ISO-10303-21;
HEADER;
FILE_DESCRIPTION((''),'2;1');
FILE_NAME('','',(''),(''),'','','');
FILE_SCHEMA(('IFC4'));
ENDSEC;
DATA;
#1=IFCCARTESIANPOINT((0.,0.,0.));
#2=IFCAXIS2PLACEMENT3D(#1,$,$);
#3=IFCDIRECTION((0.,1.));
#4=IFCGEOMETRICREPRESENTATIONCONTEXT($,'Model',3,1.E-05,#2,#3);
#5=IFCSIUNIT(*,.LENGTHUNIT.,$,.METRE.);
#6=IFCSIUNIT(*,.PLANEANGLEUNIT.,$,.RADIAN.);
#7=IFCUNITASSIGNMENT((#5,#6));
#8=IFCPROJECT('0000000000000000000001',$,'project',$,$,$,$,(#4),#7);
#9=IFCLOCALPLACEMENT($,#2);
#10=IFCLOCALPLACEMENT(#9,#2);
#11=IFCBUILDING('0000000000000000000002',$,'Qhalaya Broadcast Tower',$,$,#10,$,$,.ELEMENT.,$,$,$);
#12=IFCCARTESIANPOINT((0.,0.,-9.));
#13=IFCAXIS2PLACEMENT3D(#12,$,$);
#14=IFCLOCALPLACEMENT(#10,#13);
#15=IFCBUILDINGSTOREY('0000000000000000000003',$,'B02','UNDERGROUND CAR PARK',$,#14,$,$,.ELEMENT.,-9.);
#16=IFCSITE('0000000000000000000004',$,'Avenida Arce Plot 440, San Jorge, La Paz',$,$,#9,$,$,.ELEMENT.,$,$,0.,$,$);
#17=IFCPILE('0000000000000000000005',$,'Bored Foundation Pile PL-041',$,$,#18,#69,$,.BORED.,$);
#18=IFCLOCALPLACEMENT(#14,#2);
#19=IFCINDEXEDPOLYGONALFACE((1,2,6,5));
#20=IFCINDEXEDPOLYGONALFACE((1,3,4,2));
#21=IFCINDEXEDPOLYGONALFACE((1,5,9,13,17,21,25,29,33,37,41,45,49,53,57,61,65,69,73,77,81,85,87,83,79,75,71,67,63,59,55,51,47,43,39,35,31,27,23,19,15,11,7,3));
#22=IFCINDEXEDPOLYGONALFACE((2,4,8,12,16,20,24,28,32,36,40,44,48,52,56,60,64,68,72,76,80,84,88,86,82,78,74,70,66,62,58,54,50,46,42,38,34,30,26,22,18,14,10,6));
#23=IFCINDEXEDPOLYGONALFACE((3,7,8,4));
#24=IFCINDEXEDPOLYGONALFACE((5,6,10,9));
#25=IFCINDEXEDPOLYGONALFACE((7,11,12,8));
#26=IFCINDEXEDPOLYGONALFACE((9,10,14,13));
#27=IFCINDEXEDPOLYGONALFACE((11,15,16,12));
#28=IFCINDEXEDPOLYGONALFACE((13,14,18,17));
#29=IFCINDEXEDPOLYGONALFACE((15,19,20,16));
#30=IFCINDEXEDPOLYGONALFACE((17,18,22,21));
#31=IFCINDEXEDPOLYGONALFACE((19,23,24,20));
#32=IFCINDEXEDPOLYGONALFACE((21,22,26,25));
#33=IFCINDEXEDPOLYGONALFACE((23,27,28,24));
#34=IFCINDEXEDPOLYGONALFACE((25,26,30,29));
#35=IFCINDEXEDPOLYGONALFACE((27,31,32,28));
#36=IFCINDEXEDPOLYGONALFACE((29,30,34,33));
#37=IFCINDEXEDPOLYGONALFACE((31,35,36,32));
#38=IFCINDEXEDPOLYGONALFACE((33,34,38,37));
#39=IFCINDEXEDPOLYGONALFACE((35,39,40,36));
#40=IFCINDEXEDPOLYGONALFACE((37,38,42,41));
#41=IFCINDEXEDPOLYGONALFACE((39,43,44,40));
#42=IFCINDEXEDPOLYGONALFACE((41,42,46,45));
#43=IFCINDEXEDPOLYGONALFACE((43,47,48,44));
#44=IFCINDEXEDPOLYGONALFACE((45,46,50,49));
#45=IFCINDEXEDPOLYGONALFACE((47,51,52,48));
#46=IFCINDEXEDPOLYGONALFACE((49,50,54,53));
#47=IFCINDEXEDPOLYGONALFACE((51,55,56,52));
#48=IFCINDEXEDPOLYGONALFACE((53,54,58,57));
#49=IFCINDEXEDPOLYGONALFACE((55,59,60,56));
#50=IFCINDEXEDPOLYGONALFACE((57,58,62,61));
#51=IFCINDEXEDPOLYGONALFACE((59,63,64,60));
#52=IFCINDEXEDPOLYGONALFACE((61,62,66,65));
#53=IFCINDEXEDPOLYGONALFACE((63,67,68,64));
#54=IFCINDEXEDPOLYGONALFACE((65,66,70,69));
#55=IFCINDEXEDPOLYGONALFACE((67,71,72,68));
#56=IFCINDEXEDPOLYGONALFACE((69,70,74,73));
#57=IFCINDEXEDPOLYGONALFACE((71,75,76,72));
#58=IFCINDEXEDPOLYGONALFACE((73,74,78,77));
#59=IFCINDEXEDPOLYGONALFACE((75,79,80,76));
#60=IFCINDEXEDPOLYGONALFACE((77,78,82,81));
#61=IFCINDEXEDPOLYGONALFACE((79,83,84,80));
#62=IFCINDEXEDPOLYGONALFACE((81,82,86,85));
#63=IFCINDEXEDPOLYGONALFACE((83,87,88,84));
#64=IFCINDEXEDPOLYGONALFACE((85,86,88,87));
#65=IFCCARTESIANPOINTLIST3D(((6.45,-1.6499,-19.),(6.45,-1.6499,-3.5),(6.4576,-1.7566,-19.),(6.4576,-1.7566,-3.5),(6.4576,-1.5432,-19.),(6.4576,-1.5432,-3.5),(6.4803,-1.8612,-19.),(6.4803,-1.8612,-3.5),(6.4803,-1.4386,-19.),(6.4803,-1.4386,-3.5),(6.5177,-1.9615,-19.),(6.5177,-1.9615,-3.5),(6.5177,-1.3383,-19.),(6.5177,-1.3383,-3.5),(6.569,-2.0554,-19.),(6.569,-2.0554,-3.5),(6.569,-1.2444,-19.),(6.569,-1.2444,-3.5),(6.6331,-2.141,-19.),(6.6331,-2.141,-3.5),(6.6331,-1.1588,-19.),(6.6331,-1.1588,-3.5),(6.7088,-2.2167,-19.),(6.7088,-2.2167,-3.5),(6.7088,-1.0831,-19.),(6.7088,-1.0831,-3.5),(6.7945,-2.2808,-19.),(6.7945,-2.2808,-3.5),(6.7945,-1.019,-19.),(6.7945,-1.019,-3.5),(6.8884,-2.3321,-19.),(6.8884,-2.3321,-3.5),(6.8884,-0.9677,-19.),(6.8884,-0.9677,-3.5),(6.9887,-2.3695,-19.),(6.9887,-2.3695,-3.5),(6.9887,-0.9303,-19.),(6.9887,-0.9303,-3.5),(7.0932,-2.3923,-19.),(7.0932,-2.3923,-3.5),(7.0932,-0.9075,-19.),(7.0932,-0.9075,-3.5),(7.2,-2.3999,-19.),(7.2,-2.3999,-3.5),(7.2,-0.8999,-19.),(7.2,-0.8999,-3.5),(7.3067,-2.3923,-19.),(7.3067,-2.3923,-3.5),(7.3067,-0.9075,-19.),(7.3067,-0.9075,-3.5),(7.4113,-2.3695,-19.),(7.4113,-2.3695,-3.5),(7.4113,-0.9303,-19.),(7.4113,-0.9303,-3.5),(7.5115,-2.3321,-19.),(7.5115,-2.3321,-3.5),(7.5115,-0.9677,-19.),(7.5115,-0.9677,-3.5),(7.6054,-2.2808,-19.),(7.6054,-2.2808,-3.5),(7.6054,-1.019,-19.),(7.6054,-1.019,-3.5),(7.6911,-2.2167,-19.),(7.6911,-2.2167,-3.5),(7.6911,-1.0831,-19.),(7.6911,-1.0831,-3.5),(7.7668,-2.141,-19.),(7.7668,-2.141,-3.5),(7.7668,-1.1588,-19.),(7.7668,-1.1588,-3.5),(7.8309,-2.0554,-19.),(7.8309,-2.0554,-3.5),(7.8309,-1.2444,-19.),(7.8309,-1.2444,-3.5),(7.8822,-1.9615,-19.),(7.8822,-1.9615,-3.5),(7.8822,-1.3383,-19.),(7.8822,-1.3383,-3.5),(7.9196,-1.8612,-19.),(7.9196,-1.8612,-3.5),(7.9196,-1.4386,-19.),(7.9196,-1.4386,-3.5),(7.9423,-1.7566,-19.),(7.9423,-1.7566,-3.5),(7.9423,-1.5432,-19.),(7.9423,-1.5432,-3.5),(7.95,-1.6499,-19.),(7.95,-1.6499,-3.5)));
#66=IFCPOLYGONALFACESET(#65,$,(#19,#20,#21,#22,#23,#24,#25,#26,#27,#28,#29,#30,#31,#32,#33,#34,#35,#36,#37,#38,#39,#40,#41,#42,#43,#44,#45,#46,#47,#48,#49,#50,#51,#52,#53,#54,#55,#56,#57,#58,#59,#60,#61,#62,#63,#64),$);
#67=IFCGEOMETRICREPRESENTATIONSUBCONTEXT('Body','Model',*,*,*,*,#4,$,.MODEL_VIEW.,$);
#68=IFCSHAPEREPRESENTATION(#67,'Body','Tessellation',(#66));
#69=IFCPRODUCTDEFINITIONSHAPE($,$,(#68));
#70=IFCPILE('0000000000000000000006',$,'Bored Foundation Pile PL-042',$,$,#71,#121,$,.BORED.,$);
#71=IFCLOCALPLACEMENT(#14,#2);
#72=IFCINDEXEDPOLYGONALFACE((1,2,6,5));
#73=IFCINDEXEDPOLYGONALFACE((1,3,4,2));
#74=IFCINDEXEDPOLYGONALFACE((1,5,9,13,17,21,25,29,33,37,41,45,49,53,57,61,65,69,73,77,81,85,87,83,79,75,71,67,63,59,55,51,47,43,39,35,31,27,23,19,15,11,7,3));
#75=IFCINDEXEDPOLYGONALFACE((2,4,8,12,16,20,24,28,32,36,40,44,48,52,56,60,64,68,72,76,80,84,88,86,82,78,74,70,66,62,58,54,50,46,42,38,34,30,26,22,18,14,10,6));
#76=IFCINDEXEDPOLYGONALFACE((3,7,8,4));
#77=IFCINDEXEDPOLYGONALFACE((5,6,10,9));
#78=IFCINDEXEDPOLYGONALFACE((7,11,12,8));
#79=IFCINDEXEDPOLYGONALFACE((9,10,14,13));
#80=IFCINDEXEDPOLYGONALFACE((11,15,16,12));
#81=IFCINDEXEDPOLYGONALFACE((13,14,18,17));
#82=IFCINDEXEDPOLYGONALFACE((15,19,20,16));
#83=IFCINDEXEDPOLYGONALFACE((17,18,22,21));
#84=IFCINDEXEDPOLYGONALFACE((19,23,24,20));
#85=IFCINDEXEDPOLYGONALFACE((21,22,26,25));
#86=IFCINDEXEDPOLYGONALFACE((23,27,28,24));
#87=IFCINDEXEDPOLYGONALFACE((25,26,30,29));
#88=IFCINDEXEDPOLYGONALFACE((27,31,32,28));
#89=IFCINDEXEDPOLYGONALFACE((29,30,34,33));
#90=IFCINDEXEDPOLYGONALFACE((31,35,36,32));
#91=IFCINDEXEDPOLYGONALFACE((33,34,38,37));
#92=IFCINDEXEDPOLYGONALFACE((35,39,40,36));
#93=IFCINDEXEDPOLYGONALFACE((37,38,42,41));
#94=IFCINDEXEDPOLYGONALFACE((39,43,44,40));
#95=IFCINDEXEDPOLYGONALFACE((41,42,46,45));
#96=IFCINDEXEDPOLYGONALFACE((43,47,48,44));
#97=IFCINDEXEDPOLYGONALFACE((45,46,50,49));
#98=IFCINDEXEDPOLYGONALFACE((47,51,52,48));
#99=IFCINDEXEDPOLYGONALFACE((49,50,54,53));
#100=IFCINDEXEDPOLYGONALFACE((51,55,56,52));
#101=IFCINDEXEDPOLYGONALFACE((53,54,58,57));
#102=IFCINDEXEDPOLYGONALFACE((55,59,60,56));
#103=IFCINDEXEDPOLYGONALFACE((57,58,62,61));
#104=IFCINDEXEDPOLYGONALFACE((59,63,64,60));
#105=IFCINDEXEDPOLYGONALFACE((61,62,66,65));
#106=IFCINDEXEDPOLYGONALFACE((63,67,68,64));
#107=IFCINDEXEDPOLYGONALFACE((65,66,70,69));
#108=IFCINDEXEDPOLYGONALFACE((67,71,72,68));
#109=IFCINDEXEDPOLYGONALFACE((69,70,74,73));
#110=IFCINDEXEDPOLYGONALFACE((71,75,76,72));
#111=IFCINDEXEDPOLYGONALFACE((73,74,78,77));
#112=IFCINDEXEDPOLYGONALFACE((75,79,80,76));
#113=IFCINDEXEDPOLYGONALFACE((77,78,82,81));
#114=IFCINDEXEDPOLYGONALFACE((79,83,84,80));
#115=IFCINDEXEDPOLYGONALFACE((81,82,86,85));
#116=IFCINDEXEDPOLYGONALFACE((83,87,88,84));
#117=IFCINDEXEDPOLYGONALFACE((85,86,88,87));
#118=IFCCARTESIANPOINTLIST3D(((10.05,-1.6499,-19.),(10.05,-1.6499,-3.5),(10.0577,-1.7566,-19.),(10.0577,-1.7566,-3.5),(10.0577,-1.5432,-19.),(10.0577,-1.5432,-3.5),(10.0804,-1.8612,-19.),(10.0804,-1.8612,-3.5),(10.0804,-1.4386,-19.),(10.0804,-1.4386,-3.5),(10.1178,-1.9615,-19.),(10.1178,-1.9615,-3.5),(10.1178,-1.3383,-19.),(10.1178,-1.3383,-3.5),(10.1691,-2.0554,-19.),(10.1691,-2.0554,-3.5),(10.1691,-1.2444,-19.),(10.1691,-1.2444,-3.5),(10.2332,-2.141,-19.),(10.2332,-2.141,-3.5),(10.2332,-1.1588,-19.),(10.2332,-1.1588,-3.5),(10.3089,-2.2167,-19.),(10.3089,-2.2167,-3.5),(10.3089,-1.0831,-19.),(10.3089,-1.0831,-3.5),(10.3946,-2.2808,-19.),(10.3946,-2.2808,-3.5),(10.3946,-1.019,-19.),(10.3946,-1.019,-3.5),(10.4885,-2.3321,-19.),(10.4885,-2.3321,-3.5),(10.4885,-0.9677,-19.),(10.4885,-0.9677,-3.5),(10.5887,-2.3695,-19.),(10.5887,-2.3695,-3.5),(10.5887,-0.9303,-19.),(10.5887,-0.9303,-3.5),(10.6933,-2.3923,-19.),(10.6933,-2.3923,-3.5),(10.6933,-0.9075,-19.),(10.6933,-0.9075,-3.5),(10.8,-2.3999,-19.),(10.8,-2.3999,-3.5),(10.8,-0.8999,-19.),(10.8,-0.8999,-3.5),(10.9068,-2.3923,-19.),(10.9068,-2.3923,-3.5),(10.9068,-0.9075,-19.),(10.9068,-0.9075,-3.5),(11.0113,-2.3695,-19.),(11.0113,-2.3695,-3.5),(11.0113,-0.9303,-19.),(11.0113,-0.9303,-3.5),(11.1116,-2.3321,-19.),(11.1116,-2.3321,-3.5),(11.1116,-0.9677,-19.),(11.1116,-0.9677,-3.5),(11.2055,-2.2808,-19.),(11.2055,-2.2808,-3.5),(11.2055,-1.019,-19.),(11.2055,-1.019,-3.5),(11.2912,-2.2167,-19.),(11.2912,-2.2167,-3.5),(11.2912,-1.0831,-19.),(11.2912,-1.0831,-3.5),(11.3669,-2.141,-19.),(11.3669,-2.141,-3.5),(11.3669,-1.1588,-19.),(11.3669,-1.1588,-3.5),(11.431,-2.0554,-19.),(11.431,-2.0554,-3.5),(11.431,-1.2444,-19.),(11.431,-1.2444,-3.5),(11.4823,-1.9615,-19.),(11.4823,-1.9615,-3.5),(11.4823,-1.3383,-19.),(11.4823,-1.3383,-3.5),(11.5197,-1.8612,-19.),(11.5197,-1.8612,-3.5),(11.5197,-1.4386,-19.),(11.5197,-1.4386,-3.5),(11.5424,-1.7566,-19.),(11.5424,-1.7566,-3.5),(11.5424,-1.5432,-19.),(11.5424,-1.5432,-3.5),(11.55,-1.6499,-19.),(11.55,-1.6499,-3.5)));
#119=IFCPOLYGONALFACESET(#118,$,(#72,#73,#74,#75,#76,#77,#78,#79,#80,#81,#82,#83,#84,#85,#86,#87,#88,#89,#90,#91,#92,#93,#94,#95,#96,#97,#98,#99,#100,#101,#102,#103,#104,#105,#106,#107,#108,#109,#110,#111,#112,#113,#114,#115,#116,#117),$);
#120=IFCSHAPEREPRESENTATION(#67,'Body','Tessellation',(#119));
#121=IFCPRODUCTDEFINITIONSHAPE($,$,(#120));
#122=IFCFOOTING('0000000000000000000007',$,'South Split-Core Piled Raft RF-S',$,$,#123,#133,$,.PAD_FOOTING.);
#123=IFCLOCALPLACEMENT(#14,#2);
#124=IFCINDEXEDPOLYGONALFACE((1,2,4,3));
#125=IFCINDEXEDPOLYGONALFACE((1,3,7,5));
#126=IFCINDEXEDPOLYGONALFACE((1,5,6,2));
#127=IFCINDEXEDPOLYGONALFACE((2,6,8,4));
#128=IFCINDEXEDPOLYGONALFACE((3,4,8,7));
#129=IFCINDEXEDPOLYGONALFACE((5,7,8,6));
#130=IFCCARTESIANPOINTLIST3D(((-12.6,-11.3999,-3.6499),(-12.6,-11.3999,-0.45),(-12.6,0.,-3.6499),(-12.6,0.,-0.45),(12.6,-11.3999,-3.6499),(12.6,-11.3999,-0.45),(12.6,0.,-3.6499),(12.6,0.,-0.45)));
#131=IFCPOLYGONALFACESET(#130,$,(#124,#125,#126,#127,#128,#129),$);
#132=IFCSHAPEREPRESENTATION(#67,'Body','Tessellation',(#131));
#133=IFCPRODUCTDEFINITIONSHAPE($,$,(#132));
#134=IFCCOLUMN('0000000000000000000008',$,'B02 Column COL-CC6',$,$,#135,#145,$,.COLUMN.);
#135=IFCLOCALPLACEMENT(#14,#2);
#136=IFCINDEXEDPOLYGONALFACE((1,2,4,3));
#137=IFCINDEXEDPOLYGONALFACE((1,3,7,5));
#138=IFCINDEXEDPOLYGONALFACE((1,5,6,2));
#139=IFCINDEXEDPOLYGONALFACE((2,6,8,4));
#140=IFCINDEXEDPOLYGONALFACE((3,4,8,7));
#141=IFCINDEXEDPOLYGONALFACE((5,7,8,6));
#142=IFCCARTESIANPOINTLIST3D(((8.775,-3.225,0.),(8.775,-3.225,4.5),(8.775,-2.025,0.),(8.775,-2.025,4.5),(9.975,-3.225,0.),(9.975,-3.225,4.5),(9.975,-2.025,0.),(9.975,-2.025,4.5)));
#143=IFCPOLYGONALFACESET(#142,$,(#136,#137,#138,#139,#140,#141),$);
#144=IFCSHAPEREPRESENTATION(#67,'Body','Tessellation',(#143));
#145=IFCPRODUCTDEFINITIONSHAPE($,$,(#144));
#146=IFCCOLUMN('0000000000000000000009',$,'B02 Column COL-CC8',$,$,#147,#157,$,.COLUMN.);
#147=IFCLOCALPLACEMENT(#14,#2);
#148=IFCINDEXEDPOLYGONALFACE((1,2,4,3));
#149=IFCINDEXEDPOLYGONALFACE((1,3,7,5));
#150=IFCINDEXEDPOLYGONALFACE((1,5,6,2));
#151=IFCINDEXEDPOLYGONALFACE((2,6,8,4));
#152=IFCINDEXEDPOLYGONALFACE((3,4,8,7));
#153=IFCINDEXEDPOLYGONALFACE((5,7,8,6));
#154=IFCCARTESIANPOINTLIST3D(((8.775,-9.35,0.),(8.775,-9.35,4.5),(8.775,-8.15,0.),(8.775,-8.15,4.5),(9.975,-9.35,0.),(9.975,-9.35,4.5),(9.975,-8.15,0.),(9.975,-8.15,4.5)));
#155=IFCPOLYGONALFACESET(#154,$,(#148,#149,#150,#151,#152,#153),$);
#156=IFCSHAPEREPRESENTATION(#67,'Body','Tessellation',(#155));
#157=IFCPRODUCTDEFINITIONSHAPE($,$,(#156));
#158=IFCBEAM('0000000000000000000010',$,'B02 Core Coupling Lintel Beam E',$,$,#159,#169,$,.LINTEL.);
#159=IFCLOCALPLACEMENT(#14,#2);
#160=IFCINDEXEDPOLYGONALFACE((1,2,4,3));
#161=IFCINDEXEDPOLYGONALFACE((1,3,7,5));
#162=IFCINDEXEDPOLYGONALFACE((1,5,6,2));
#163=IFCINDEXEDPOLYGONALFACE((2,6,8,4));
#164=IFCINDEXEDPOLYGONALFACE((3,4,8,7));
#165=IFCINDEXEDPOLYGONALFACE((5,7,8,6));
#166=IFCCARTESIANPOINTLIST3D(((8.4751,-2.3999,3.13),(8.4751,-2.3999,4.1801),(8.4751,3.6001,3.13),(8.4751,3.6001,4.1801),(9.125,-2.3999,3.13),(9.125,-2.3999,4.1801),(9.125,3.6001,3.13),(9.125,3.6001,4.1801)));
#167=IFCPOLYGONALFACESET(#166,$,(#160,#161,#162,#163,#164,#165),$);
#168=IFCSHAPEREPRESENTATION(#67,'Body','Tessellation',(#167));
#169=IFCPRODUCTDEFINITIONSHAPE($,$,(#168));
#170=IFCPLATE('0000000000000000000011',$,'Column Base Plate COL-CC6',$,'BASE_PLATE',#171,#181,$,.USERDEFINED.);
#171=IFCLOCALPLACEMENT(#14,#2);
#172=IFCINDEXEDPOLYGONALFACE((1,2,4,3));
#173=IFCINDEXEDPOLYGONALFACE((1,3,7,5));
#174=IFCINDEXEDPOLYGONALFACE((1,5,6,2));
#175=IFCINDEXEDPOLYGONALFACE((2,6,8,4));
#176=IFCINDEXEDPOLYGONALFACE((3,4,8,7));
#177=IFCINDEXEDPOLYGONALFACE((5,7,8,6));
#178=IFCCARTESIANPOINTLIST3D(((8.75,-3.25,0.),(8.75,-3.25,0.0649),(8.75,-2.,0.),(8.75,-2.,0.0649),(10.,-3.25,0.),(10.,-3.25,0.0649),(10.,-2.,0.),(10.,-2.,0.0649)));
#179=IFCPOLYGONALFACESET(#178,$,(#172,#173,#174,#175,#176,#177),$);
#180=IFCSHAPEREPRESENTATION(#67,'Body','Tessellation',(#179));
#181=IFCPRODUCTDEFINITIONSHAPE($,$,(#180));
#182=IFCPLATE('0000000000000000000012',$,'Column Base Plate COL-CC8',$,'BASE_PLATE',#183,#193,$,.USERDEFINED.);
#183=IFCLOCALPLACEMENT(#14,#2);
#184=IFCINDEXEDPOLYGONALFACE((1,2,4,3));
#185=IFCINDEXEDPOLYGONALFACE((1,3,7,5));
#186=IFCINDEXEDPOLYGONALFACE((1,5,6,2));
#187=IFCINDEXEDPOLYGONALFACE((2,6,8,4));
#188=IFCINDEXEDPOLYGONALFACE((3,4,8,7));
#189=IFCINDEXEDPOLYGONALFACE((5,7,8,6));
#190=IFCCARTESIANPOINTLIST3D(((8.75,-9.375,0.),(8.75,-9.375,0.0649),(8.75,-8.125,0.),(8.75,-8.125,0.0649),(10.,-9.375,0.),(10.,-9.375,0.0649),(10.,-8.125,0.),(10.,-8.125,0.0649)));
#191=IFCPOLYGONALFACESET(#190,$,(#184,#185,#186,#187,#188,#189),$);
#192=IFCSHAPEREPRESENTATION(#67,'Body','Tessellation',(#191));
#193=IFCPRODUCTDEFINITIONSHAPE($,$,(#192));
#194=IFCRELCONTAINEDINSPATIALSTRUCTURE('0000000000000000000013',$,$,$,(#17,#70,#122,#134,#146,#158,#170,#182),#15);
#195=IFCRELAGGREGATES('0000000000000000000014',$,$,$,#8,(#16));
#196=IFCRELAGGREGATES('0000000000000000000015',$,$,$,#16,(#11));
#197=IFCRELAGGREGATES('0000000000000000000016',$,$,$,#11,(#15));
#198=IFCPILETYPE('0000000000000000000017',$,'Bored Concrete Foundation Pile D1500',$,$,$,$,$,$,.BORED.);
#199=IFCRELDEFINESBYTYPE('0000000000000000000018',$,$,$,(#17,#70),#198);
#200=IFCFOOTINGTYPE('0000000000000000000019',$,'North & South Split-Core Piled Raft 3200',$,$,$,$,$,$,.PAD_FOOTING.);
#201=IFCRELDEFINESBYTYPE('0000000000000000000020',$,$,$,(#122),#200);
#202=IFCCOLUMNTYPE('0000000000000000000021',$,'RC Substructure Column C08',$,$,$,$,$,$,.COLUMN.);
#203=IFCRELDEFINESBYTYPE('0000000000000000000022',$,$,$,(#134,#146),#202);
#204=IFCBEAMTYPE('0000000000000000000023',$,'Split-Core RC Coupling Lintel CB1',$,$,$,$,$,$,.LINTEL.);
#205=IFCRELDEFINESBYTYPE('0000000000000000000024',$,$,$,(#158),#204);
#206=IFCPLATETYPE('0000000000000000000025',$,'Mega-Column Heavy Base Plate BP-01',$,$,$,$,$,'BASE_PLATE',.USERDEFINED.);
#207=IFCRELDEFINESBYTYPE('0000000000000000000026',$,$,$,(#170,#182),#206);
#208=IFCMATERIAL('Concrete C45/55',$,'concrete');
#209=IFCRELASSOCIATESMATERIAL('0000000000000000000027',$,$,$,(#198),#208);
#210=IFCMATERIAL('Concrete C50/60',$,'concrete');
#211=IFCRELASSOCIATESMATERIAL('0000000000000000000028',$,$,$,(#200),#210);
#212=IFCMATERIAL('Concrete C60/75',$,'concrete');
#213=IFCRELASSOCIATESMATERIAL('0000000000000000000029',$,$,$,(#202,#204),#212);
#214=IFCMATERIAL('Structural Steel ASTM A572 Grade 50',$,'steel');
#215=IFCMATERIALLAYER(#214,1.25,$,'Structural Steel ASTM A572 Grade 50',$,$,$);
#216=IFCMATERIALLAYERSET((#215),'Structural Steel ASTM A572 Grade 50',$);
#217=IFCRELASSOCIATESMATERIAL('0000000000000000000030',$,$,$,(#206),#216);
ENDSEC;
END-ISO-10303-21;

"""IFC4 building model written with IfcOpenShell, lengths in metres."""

from ifc_helpers import new_model, si_unit, direction, frame, origin, origin_2d, place, context, subcontext, project, spatial, rectangle, circle, extrude, material, layer, layer_set, material_profile, profile_set, type_object, element, save


model = new_model("IFC4")

# Units and contexts
model_context = context("Model", 3, precision=1e-05, world=origin(), true_north=direction((0.0, 1.0)))
body_context = subcontext(model_context, "Body", "Model", "MODEL_VIEW")
ifc_project = project(units=[si_unit("LENGTHUNIT", "METRE"), si_unit("PLANEANGLEUNIT", "RADIAN")], contexts=[model_context])

# Site, building, storey
site_placement = place(None, origin())
site = spatial("IfcSite", under=ifc_project, at=site_placement, Name="Avenida Arce Plot 440, San Jorge, La Paz", CompositionType="ELEMENT", RefElevation=0.0)
building_placement = place(site_placement, origin())
building = spatial("IfcBuilding", under=site, at=building_placement, Name="Qhalaya Broadcast Tower", CompositionType="ELEMENT")
storey_placement = place(building_placement, frame((0.0, 0.0, -9.0)))
storey = spatial("IfcBuildingStorey", under=building, at=storey_placement, Name="B02", Description="UNDERGROUND CAR PARK", CompositionType="ELEMENT", Elevation=-9.0)

# Piles
ifc_material_1 = material(Name="Concrete C45/55", Category="concrete")
ifc_material_profile_1 = material_profile(ifc_material_1, circle(Radius=0.75, at=origin_2d()), Name="PILE D1500")
ifc_profile_set_1 = profile_set([ifc_material_profile_1], Name="Concrete C45/55")
pile_type = type_object("IfcPileType", Name="Bored Concrete Foundation Pile D1500", PredefinedType="BORED", material=ifc_profile_set_1)
for number, where, z_axis, x_axis, name in (
    (1, (7.2, -1.6499, -3.5), (0.0, 0.0, -1.0), (1.0, 0.0, 0.0), "Bored Foundation Pile PL-041"),
    (2, (10.8, -1.6499, -3.5), (0.0, 0.0, -1.0), (1.0, 0.0, 0.0), "Bored Foundation Pile PL-042"),
):
    element("IfcPile", number, at=place(storey_placement, frame(where, z_axis=z_axis, x_axis=x_axis)), inside=storey, type_object=pile_type, Name=name, PredefinedType="BORED", context=body_context, shape_type="SweptSolid", body=[
        extrude(circle(Radius=0.75, at=origin_2d()), origin(), (0.0, 0.0, 1.0), 15.5),
    ])

# Footing
ifc_material_2 = material(Name="Concrete C50/60", Category="concrete")
footing_type = type_object("IfcFootingType", Name="North & South Split-Core Piled Raft 3200", PredefinedType="PAD_FOOTING", material=ifc_material_2)
footing_placement = place(storey_placement, frame((0.0, -5.7, -3.6499), z_axis=(0.0, 0.0, 1.0), x_axis=(1.0, 0.0, 0.0)))
element("IfcFooting", 3, at=footing_placement, inside=storey, type_object=footing_type, Name="South Split-Core Piled Raft RF-S", PredefinedType="PAD_FOOTING", context=body_context, shape_type="SweptSolid", body=[
    extrude(rectangle(XDim=25.2, YDim=11.3999, at=origin_2d()), origin(), (0.0, 0.0, 1.0), 3.2),
])

# Columns
ifc_material_3 = material(Name="Concrete C60/75", Category="concrete")
ifc_material_profile_2 = material_profile(ifc_material_3, rectangle(XDim=1.2, YDim=1.2, at=origin_2d()), Name="RC-COL 1200x1200")
ifc_profile_set_2 = profile_set([ifc_material_profile_2], Name="Concrete C60/75")
column_type = type_object("IfcColumnType", Name="RC Substructure Column C08", PredefinedType="COLUMN", material=ifc_profile_set_2)
for number, where, z_axis, x_axis, name in (
    (4, (9.375, -2.625, 0.0), (0.0, 0.0, 1.0), (1.0, 0.0, 0.0), "B02 Column COL-CC6"),
    (5, (9.375, -8.75, 0.0), (0.0, 0.0, 1.0), (1.0, 0.0, 0.0), "B02 Column COL-CC8"),
):
    element("IfcColumn", number, at=place(storey_placement, frame(where, z_axis=z_axis, x_axis=x_axis)), inside=storey, type_object=column_type, Name=name, PredefinedType="COLUMN", context=body_context, shape_type="SweptSolid", body=[
        extrude(rectangle(XDim=1.2, YDim=1.2, at=origin_2d()), origin(), (0.0, 0.0, 1.0), 4.5),
    ])

# Beam
ifc_material_profile_3 = material_profile(ifc_material_3, rectangle(XDim=0.6499, YDim=1.05, at=origin_2d()), Name="RC-CB 650x1050")
ifc_profile_set_3 = profile_set([ifc_material_profile_3], Name="Concrete C60/75")
beam_type = type_object("IfcBeamType", Name="Split-Core RC Coupling Lintel CB1", PredefinedType="LINTEL", material=ifc_profile_set_3)
beam_placement = place(storey_placement, frame((8.8, -2.3999, 3.655), z_axis=(0.0, 1.0, 0.0), x_axis=(-1.0, 0.0, 0.0)))
element("IfcBeam", 6, at=beam_placement, inside=storey, type_object=beam_type, Name="B02 Core Coupling Lintel Beam E", PredefinedType="LINTEL", context=body_context, shape_type="SweptSolid", body=[
    extrude(rectangle(XDim=0.6499, YDim=1.05, at=origin_2d()), origin(), (0.0, 0.0, 1.0), 6.0),
])

# Plates
ifc_material_4 = material(Name="Structural Steel ASTM A572 Grade 50", Category="steel")
ifc_layer_1 = layer(ifc_material_4, 1.25, Name="Structural Steel ASTM A572 Grade 50")
ifc_layer_set_1 = layer_set([ifc_layer_1], Name="Structural Steel ASTM A572 Grade 50")
plate_type = type_object("IfcPlateType", Name="Mega-Column Heavy Base Plate BP-01", ElementType="BASE_PLATE", PredefinedType="USERDEFINED", material=ifc_layer_set_1)
for number, where, z_axis, x_axis, name in (
    (7, (9.375, -2.625, 0.0), (0.0, 0.0, 1.0), (1.0, 0.0, 0.0), "Column Base Plate COL-CC6"),
    (8, (9.375, -8.75, 0.0), (0.0, 0.0, 1.0), (1.0, 0.0, 0.0), "Column Base Plate COL-CC8"),
):
    element("IfcPlate", number, at=place(storey_placement, frame(where, z_axis=z_axis, x_axis=x_axis)), inside=storey, type_object=plate_type, Name=name, ObjectType="BASE_PLATE", PredefinedType="USERDEFINED", context=body_context, shape_type="SweptSolid", body=[
        extrude(rectangle(XDim=1.25, YDim=1.25, at=origin_2d()), origin(), (0.0, 0.0, 1.0), 0.0649),
    ])

save(model, "model.ifc")
